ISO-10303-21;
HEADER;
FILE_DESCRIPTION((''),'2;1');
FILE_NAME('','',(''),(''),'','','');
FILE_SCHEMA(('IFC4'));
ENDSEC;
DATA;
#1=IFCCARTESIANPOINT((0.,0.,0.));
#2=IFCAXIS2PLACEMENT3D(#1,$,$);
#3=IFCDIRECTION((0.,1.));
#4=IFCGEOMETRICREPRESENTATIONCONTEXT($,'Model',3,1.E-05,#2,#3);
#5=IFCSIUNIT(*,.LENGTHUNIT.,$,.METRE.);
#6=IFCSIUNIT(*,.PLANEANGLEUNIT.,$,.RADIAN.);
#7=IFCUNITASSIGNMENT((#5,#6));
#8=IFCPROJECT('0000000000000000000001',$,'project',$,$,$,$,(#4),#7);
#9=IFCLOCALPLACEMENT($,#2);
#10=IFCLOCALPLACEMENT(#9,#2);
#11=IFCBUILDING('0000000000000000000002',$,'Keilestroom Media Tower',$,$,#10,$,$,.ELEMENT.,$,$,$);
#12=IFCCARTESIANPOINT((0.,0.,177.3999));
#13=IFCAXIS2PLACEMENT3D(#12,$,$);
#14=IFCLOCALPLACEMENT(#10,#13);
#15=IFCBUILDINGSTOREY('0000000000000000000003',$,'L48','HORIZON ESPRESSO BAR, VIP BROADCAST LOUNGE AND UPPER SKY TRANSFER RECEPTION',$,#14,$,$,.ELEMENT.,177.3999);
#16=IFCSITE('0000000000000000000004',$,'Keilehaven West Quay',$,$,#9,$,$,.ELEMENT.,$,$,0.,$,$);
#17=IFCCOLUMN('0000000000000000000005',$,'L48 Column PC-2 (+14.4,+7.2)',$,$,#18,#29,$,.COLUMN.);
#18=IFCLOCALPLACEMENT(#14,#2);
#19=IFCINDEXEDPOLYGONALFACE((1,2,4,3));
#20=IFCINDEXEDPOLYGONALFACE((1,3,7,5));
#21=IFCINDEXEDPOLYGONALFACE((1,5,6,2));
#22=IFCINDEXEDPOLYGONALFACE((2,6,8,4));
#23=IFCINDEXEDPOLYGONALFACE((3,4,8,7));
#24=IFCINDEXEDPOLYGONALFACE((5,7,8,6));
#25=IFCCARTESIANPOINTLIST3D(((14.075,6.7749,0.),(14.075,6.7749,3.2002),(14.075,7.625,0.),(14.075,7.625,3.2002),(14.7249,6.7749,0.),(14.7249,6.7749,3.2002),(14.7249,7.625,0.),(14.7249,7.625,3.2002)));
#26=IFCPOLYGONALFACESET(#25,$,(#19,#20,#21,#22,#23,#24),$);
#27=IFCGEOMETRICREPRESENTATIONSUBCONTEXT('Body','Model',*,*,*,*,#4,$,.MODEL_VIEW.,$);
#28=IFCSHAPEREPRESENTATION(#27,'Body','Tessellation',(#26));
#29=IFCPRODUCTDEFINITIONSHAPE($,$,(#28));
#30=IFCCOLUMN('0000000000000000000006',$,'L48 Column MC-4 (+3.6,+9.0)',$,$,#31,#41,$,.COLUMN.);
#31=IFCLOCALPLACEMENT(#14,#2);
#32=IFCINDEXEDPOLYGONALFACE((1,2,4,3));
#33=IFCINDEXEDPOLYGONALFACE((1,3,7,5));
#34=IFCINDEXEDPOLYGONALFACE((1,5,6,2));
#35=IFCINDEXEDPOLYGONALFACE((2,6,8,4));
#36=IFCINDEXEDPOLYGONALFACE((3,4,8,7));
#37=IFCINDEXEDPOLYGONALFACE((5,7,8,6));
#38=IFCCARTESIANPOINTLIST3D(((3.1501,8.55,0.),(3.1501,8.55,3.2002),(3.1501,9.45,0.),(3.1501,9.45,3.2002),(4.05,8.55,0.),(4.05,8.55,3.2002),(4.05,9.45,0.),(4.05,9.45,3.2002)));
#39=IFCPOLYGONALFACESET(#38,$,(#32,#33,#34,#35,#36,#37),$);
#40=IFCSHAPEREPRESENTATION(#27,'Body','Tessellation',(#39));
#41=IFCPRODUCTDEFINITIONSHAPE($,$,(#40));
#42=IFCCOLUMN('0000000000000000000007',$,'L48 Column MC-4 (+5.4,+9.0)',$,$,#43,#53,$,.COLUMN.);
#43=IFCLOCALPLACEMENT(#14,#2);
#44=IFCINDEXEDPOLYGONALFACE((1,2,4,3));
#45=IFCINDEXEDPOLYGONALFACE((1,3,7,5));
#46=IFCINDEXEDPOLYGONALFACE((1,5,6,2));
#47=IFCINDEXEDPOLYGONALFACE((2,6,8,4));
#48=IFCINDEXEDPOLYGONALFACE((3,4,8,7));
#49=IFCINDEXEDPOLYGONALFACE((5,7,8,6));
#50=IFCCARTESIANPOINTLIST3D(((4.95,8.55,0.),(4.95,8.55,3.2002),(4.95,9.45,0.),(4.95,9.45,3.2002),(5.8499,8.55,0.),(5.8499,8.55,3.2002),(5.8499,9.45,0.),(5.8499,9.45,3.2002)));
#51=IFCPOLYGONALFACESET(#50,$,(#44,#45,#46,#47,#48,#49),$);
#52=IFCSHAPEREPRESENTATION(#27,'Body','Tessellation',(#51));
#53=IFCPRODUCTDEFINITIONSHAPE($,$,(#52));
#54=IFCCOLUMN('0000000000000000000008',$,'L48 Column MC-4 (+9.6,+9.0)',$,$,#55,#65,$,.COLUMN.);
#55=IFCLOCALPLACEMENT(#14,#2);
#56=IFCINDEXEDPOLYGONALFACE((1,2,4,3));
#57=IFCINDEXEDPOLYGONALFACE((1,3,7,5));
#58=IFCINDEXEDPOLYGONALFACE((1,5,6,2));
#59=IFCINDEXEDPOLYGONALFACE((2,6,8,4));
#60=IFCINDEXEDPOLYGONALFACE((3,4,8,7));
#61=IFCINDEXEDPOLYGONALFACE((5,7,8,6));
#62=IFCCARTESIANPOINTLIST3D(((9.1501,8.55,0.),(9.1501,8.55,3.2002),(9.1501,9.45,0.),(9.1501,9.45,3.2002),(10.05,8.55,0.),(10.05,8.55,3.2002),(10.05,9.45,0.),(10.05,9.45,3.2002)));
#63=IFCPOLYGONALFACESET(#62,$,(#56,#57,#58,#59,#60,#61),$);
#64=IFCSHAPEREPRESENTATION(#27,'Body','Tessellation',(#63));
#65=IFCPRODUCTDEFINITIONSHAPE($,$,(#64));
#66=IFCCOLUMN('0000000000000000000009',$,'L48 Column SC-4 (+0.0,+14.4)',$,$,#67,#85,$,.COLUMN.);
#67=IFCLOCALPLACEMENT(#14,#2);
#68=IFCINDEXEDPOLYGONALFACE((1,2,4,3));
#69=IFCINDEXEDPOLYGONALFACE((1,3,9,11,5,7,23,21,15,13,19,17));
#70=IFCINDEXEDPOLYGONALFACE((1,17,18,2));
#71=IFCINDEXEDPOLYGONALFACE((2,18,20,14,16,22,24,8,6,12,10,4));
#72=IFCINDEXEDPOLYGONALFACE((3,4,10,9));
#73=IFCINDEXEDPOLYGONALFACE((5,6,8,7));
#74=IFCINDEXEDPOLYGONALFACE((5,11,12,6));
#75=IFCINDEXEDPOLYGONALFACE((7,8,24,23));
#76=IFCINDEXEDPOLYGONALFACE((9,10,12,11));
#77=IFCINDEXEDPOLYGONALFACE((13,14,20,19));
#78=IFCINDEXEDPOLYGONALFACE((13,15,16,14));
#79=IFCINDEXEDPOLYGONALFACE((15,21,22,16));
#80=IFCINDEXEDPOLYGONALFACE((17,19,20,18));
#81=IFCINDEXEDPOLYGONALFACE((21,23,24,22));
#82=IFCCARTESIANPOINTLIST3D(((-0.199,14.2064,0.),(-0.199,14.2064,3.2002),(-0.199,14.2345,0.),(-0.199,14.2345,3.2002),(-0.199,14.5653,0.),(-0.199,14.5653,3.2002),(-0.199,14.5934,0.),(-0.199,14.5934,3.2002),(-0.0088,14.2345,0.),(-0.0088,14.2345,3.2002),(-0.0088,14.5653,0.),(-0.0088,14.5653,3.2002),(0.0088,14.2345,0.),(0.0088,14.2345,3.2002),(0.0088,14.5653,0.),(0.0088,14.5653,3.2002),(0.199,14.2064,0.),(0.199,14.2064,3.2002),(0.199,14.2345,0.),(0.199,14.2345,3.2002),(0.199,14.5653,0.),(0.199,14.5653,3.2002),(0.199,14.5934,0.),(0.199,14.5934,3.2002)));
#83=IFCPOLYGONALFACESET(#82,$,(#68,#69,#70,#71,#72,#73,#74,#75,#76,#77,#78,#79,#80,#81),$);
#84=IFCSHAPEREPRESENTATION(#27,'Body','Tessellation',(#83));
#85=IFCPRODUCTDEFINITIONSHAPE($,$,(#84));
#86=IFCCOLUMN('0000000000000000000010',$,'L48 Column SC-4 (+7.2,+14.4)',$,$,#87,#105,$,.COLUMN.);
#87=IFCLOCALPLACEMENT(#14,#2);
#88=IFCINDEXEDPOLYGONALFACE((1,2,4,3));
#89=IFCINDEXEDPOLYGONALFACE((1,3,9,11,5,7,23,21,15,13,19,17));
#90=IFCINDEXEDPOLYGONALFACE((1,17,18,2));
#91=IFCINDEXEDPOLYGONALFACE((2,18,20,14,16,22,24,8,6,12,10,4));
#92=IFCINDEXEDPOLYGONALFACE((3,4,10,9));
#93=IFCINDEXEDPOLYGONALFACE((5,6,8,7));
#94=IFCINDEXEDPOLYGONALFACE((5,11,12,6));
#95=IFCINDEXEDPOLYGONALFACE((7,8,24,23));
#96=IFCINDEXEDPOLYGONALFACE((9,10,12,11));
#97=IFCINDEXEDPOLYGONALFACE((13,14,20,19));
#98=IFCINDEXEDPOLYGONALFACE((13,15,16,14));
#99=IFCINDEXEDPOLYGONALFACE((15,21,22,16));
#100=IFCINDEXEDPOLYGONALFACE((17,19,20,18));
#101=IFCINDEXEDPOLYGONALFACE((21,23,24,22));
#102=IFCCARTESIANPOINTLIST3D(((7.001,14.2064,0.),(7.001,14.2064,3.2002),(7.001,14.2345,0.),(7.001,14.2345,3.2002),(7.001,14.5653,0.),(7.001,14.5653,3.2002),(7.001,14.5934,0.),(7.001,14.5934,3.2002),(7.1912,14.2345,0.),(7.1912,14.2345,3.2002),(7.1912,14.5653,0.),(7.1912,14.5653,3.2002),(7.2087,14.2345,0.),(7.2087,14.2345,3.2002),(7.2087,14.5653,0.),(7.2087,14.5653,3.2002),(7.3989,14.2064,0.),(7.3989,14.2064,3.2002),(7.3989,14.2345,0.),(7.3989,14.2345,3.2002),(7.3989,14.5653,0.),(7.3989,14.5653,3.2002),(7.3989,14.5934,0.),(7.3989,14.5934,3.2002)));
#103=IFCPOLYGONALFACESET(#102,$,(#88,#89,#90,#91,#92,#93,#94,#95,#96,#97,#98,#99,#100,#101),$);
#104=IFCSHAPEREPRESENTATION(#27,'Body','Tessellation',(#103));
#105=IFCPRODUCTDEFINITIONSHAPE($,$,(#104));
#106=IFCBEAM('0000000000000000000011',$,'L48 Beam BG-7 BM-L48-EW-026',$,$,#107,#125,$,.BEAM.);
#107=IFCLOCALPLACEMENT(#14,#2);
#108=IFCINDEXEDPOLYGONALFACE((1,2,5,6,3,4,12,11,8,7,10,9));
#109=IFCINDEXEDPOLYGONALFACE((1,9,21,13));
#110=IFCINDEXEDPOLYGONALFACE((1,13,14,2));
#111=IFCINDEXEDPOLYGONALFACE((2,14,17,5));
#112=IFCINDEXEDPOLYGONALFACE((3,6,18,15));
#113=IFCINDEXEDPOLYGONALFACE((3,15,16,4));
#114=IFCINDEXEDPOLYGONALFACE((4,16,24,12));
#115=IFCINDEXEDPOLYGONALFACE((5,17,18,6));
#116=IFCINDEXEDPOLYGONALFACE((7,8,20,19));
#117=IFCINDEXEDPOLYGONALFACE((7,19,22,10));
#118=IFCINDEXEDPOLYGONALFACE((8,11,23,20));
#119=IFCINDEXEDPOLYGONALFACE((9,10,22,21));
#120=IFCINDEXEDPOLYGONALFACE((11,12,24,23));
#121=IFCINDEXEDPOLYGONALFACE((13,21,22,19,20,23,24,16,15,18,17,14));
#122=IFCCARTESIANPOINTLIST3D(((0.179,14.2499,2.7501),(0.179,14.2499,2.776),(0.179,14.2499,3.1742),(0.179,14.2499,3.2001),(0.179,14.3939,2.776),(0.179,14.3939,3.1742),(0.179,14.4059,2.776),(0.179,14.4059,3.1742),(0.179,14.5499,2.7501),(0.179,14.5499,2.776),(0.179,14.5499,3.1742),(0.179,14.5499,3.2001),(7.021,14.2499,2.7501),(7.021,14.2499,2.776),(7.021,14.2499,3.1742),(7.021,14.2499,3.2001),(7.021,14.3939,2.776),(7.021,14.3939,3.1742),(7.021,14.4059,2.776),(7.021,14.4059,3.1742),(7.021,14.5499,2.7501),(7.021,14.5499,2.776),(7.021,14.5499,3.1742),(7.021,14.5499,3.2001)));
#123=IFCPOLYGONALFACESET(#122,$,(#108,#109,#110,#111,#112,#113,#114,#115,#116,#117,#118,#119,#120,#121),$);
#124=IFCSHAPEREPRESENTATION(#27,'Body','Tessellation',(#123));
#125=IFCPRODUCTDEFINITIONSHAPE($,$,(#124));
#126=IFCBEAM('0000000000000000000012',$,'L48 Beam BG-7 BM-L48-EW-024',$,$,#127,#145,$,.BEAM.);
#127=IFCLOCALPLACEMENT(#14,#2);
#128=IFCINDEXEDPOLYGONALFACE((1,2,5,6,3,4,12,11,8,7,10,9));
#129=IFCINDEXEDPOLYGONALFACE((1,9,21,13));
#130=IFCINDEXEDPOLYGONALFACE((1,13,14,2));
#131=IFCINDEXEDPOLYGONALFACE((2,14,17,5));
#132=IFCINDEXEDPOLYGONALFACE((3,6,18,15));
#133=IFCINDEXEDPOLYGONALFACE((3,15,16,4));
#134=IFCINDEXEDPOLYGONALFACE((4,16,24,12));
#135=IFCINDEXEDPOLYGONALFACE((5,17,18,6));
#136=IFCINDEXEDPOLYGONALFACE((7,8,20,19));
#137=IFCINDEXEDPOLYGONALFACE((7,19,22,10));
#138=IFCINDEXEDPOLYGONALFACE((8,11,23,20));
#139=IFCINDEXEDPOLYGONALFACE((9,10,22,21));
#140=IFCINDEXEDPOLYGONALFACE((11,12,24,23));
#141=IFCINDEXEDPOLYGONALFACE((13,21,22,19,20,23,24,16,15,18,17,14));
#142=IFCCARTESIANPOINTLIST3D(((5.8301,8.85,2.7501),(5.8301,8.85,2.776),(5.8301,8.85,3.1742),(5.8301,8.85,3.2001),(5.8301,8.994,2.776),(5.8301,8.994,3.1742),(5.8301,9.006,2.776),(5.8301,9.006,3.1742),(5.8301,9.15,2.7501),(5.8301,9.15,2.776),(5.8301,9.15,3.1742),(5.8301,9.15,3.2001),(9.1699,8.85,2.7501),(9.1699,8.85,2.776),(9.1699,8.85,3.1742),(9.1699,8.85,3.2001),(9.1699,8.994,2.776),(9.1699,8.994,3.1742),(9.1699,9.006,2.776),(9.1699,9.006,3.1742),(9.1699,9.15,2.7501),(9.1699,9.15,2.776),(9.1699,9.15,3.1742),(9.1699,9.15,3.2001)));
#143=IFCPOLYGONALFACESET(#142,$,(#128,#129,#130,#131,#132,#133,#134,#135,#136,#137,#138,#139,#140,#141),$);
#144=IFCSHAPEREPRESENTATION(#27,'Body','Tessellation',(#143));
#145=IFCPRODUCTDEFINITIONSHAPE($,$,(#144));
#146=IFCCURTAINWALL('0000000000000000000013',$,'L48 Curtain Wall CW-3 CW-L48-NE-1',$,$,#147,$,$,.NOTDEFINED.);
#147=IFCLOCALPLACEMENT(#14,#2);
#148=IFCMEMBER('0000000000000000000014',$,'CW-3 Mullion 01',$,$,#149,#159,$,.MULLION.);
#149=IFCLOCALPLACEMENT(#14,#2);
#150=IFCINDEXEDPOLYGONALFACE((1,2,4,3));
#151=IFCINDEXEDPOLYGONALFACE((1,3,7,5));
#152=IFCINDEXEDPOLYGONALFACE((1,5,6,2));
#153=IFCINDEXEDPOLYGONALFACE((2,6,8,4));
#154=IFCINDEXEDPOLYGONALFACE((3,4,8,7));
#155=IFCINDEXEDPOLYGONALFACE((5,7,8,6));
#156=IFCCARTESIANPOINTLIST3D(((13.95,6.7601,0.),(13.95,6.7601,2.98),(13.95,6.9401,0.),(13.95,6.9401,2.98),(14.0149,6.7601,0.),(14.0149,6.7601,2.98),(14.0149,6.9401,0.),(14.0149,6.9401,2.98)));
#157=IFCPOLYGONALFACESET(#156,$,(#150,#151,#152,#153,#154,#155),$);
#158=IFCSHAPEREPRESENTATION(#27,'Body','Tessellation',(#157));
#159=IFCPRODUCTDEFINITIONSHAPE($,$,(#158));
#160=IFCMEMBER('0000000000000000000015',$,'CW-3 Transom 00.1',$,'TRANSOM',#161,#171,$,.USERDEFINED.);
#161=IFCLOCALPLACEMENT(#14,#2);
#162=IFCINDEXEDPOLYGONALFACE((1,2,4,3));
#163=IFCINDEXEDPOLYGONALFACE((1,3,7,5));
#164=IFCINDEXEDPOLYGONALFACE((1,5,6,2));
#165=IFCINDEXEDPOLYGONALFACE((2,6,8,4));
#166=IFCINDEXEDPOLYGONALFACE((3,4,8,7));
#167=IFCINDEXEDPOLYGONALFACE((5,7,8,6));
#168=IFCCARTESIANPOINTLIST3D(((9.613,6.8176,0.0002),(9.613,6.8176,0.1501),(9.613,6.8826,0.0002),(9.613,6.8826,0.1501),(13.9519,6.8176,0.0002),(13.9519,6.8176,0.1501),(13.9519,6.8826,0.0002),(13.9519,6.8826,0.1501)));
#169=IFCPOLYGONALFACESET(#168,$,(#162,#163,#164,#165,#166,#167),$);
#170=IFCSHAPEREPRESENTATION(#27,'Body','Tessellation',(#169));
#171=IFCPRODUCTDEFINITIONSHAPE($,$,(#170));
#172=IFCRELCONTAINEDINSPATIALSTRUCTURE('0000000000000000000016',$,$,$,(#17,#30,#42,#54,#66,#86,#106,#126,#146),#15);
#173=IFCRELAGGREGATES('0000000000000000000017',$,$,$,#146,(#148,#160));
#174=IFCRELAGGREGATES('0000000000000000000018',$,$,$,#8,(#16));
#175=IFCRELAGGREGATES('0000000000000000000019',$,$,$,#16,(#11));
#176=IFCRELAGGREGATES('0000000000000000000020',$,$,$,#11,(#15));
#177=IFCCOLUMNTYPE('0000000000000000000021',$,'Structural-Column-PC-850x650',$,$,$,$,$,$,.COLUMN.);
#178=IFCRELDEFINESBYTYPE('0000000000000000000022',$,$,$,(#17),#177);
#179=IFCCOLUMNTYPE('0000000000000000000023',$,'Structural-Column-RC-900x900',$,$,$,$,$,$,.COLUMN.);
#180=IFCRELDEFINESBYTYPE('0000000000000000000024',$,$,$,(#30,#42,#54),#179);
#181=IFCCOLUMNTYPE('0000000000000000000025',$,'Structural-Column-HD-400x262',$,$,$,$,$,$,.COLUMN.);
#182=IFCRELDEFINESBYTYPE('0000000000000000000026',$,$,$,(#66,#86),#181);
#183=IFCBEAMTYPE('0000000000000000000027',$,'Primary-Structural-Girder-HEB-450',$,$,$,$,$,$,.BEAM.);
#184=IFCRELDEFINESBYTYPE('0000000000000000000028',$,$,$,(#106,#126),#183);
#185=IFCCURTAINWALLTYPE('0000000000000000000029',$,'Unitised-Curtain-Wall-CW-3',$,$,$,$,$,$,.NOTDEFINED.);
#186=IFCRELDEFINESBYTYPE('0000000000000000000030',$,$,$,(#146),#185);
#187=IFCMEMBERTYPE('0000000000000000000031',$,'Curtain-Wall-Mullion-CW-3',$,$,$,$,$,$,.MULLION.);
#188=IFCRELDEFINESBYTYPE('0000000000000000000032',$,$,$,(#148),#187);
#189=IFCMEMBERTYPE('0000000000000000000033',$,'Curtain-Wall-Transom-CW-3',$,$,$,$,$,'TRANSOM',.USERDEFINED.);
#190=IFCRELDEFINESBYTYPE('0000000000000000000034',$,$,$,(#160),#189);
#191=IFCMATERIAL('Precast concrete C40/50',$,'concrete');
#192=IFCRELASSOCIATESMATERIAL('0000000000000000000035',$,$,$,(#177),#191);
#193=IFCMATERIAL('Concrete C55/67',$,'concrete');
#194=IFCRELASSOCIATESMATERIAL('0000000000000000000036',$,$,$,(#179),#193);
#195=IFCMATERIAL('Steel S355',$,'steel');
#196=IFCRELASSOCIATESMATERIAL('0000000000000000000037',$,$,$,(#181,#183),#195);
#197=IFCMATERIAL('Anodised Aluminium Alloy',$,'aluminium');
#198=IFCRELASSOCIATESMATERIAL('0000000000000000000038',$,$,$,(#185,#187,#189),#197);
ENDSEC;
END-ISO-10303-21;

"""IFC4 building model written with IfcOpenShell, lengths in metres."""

from ifc_helpers import new_model, si_unit, direction, frame, origin, origin_2d, place, context, subcontext, project, spatial, rectangle, i_section, extrude, source, transform, mapped, material, material_profile, profile_set, type_object, element, aggregate, save


model = new_model("IFC4")

# Units and contexts
model_context = context("Model", 3, precision=1e-05, world=origin(), true_north=direction((0.0, 1.0)))
body_context = subcontext(model_context, "Body", "Model", "MODEL_VIEW")
ifc_project = project(units=[si_unit("LENGTHUNIT", "METRE"), si_unit("PLANEANGLEUNIT", "RADIAN")], contexts=[model_context])

# Site, building, storey
site_placement = place(None, origin())
site = spatial("IfcSite", under=ifc_project, at=site_placement, Name="Keilehaven West Quay", CompositionType="ELEMENT", RefElevation=0.0)
building_placement = place(site_placement, origin())
building = spatial("IfcBuilding", under=site, at=building_placement, Name="Keilestroom Media Tower", CompositionType="ELEMENT")
storey_placement = place(building_placement, frame((0.0, 0.0, 177.3999)))
storey = spatial("IfcBuildingStorey", under=building, at=storey_placement, Name="L48", Description="HORIZON ESPRESSO BAR, VIP BROADCAST LOUNGE AND UPPER SKY TRANSFER RECEPTION", CompositionType="ELEMENT", Elevation=177.3999)

# Columns
ifc_material_1 = material(Name="Precast concrete C40/50", Category="concrete")
ifc_material_profile_1 = material_profile(ifc_material_1, rectangle(XDim=0.6499, YDim=0.8501, at=origin_2d()), Name="PC 850x650")
ifc_profile_set_1 = profile_set([ifc_material_profile_1], Name="Precast concrete C40/50")
column_type_1 = type_object("IfcColumnType", Name="Structural-Column-PC-850x650", PredefinedType="COLUMN", material=ifc_profile_set_1)
shared_shape_1 = source(origin(), body_context, "Body", "SweptSolid", [
    extrude(rectangle(XDim=0.6499, YDim=0.8501, at=origin_2d()), origin(), (0.0, 0.0, 1.0), 3.2002),
])
column_placement = place(storey_placement, frame((14.3999, 7.2, 0.0), z_axis=(0.0, 0.0, 1.0), x_axis=(1.0, 0.0, 0.0)))
element("IfcColumn", 1, at=column_placement, inside=storey, type_object=column_type_1, Name="L48 Column PC-2 (+14.4,+7.2)", PredefinedType="COLUMN", context=body_context, shape_type="MappedRepresentation", body=[
    mapped(shared_shape_1, transform((0.0, 0.0, 0.0), x_axis=(1.0, 0.0, 0.0), y_axis=(0.0, 1.0, 0.0), z_axis=(0.0, 0.0, 1.0), scale=1.0)),
])
ifc_material_2 = material(Name="Concrete C55/67", Category="concrete")
ifc_material_profile_2 = material_profile(ifc_material_2, rectangle(XDim=0.8999, YDim=0.8999, at=origin_2d()), Name="RC 900x900")
ifc_profile_set_2 = profile_set([ifc_material_profile_2], Name="Concrete C55/67")
column_type_2 = type_object("IfcColumnType", Name="Structural-Column-RC-900x900", PredefinedType="COLUMN", material=ifc_profile_set_2)
shared_shape_2 = source(origin(), body_context, "Body", "SweptSolid", [
    extrude(rectangle(XDim=0.8999, YDim=0.8999, at=origin_2d()), origin(), (0.0, 0.0, 1.0), 3.2002),
])
for number, where, z_axis, x_axis, name in (
    (2, (3.6001, 9.0, 0.0), (0.0, 0.0, 1.0), (1.0, 0.0, 0.0), "L48 Column MC-4 (+3.6,+9.0)"),
    (3, (5.3999, 9.0, 0.0), (0.0, 0.0, 1.0), (1.0, 0.0, 0.0), "L48 Column MC-4 (+5.4,+9.0)"),
    (4, (9.6001, 9.0, 0.0), (0.0, 0.0, 1.0), (1.0, 0.0, 0.0), "L48 Column MC-4 (+9.6,+9.0)"),
):
    element("IfcColumn", number, at=place(storey_placement, frame(where, z_axis=z_axis, x_axis=x_axis)), inside=storey, type_object=column_type_2, Name=name, PredefinedType="COLUMN", context=body_context, shape_type="MappedRepresentation", body=[
        mapped(shared_shape_2, transform((0.0, 0.0, 0.0), x_axis=(1.0, 0.0, 0.0), y_axis=(0.0, 1.0, 0.0), z_axis=(0.0, 0.0, 1.0), scale=1.0)),
    ])
ifc_material_3 = material(Name="Steel S355", Category="steel")
ifc_material_profile_3 = material_profile(ifc_material_3, i_section(OverallWidth=0.3979, OverallDepth=0.387, WebThickness=0.0176, FlangeThickness=0.0281, at=origin_2d()), Name="HD 400x262")
ifc_profile_set_3 = profile_set([ifc_material_profile_3], Name="Steel S355")
column_type_3 = type_object("IfcColumnType", Name="Structural-Column-HD-400x262", PredefinedType="COLUMN", material=ifc_profile_set_3)
shared_shape_3 = source(origin(), body_context, "Body", "SweptSolid", [
    extrude(i_section(OverallWidth=0.3979, OverallDepth=0.387, WebThickness=0.0176, FlangeThickness=0.0281, at=origin_2d()), origin(), (0.0, 0.0, 1.0), 3.2002),
])
for number, where, z_axis, x_axis, name in (
    (5, (0.0, 14.3999, 0.0), (0.0, 0.0, 1.0), (1.0, 0.0, 0.0), "L48 Column SC-4 (+0.0,+14.4)"),
    (6, (7.2, 14.3999, 0.0), (0.0, 0.0, 1.0), (1.0, 0.0, 0.0), "L48 Column SC-4 (+7.2,+14.4)"),
):
    element("IfcColumn", number, at=place(storey_placement, frame(where, z_axis=z_axis, x_axis=x_axis)), inside=storey, type_object=column_type_3, Name=name, PredefinedType="COLUMN", context=body_context, shape_type="MappedRepresentation", body=[
        mapped(shared_shape_3, transform((0.0, 0.0, 0.0), x_axis=(1.0, 0.0, 0.0), y_axis=(0.0, 1.0, 0.0), z_axis=(0.0, 0.0, 1.0), scale=1.0)),
    ])

# Beams
ifc_material_profile_4 = material_profile(ifc_material_3, i_section(OverallWidth=0.3, OverallDepth=0.45, WebThickness=0.012, FlangeThickness=0.0259, at=origin_2d()), Name="HEB 450")
ifc_profile_set_4 = profile_set([ifc_material_profile_4], Name="Steel S355")
beam_type = type_object("IfcBeamType", Name="Primary-Structural-Girder-HEB-450", PredefinedType="BEAM", material=ifc_profile_set_4)
shared_shape_4 = source(origin(), body_context, "Body", "SweptSolid", [
    extrude(i_section(OverallWidth=0.3, OverallDepth=0.45, WebThickness=0.012, FlangeThickness=0.0259, at=origin_2d()), origin(), (0.0, 0.0, 1.0), 6.842),
])
beam_1_placement = place(storey_placement, frame((0.179, 14.3999, 2.9751), z_axis=(1.0, 0.0, 0.0), x_axis=(0.0, 1.0, 0.0)))
element("IfcBeam", 7, at=beam_1_placement, inside=storey, type_object=beam_type, Name="L48 Beam BG-7 BM-L48-EW-026", PredefinedType="BEAM", context=body_context, shape_type="MappedRepresentation", body=[
    mapped(shared_shape_4, transform((0.0, 0.0, 0.0), x_axis=(1.0, 0.0, 0.0), y_axis=(0.0, 1.0, 0.0), z_axis=(0.0, 0.0, 1.0), scale=1.0)),
])
shared_shape_5 = source(origin(), body_context, "Body", "SweptSolid", [
    extrude(i_section(OverallWidth=0.3, OverallDepth=0.45, WebThickness=0.012, FlangeThickness=0.0259, at=origin_2d()), origin(), (0.0, 0.0, 1.0), 3.3398),
])
beam_2_placement = place(storey_placement, frame((5.8301, 9.0, 2.9751), z_axis=(1.0, 0.0, 0.0), x_axis=(0.0, 1.0, 0.0)))
element("IfcBeam", 8, at=beam_2_placement, inside=storey, type_object=beam_type, Name="L48 Beam BG-7 BM-L48-EW-024", PredefinedType="BEAM", context=body_context, shape_type="MappedRepresentation", body=[
    mapped(shared_shape_5, transform((0.0, 0.0, 0.0), x_axis=(1.0, 0.0, 0.0), y_axis=(0.0, 1.0, 0.0), z_axis=(0.0, 0.0, 1.0), scale=1.0)),
])

# Curtain wall, members
ifc_material_4 = material(Name="Anodised Aluminium Alloy", Category="aluminium")
curtain_wall_type = type_object("IfcCurtainWallType", Name="Unitised-Curtain-Wall-CW-3", PredefinedType="NOTDEFINED", material=ifc_material_4)
curtain_wall_placement = place(storey_placement, origin())
curtain_wall = element("IfcCurtainWall", 9, at=curtain_wall_placement, inside=storey, type_object=curtain_wall_type, Name="L48 Curtain Wall CW-3 CW-L48-NE-1", PredefinedType="NOTDEFINED")
ifc_material_profile_5 = material_profile(ifc_material_4, rectangle(XDim=0.0649, YDim=0.1799, at=origin_2d()), Name="ALU MULLION 65x180")
ifc_profile_set_5 = profile_set([ifc_material_profile_5], Name="Anodised Aluminium Alloy")
member_type_1 = type_object("IfcMemberType", Name="Curtain-Wall-Mullion-CW-3", PredefinedType="MULLION", material=ifc_profile_set_5)
shared_shape_6 = source(origin(), body_context, "Body", "SweptSolid", [
    extrude(rectangle(XDim=0.0649, YDim=0.1799, at=origin_2d()), origin(), (0.0, 0.0, 1.0), 2.98),
])
member_1_placement = place(storey_placement, frame((13.9824, 6.8501, 0.0), z_axis=(0.0, 0.0, 1.0), x_axis=(1.0, 0.0, 0.0)))
member_1 = element("IfcMember", 10, at=member_1_placement, type_object=member_type_1, Name="CW-3 Mullion 01", PredefinedType="MULLION", context=body_context, shape_type="MappedRepresentation", body=[
    mapped(shared_shape_6, transform((0.0, 0.0, 0.0), x_axis=(1.0, 0.0, 0.0), y_axis=(0.0, 1.0, 0.0), z_axis=(0.0, 0.0, 1.0), scale=1.0)),
])
ifc_material_profile_6 = material_profile(ifc_material_4, rectangle(XDim=0.0649, YDim=0.1499, at=origin_2d()), Name="ALU TRANSOM 65x150")
ifc_profile_set_6 = profile_set([ifc_material_profile_6], Name="Anodised Aluminium Alloy")
member_type_2 = type_object("IfcMemberType", Name="Curtain-Wall-Transom-CW-3", ElementType="TRANSOM", PredefinedType="USERDEFINED", material=ifc_profile_set_6)
shared_shape_7 = source(origin(), body_context, "Body", "SweptSolid", [
    extrude(rectangle(XDim=0.0649, YDim=0.1499, at=origin_2d()), origin(), (0.0, 0.0, 1.0), 4.3389),
])
member_2_placement = place(storey_placement, frame((9.613, 6.8501, 0.0752), z_axis=(1.0, 0.0, 0.0), x_axis=(0.0, 1.0, 0.0)))
member_2 = element("IfcMember", 11, at=member_2_placement, type_object=member_type_2, Name="CW-3 Transom 00.1", ObjectType="TRANSOM", PredefinedType="USERDEFINED", context=body_context, shape_type="MappedRepresentation", body=[
    mapped(shared_shape_7, transform((0.0, 0.0, 0.0), x_axis=(1.0, 0.0, 0.0), y_axis=(0.0, 1.0, 0.0), z_axis=(0.0, 0.0, 1.0), scale=1.0)),
])
aggregate(curtain_wall, [member_1, member_2])

save(model, "model.ifc")
